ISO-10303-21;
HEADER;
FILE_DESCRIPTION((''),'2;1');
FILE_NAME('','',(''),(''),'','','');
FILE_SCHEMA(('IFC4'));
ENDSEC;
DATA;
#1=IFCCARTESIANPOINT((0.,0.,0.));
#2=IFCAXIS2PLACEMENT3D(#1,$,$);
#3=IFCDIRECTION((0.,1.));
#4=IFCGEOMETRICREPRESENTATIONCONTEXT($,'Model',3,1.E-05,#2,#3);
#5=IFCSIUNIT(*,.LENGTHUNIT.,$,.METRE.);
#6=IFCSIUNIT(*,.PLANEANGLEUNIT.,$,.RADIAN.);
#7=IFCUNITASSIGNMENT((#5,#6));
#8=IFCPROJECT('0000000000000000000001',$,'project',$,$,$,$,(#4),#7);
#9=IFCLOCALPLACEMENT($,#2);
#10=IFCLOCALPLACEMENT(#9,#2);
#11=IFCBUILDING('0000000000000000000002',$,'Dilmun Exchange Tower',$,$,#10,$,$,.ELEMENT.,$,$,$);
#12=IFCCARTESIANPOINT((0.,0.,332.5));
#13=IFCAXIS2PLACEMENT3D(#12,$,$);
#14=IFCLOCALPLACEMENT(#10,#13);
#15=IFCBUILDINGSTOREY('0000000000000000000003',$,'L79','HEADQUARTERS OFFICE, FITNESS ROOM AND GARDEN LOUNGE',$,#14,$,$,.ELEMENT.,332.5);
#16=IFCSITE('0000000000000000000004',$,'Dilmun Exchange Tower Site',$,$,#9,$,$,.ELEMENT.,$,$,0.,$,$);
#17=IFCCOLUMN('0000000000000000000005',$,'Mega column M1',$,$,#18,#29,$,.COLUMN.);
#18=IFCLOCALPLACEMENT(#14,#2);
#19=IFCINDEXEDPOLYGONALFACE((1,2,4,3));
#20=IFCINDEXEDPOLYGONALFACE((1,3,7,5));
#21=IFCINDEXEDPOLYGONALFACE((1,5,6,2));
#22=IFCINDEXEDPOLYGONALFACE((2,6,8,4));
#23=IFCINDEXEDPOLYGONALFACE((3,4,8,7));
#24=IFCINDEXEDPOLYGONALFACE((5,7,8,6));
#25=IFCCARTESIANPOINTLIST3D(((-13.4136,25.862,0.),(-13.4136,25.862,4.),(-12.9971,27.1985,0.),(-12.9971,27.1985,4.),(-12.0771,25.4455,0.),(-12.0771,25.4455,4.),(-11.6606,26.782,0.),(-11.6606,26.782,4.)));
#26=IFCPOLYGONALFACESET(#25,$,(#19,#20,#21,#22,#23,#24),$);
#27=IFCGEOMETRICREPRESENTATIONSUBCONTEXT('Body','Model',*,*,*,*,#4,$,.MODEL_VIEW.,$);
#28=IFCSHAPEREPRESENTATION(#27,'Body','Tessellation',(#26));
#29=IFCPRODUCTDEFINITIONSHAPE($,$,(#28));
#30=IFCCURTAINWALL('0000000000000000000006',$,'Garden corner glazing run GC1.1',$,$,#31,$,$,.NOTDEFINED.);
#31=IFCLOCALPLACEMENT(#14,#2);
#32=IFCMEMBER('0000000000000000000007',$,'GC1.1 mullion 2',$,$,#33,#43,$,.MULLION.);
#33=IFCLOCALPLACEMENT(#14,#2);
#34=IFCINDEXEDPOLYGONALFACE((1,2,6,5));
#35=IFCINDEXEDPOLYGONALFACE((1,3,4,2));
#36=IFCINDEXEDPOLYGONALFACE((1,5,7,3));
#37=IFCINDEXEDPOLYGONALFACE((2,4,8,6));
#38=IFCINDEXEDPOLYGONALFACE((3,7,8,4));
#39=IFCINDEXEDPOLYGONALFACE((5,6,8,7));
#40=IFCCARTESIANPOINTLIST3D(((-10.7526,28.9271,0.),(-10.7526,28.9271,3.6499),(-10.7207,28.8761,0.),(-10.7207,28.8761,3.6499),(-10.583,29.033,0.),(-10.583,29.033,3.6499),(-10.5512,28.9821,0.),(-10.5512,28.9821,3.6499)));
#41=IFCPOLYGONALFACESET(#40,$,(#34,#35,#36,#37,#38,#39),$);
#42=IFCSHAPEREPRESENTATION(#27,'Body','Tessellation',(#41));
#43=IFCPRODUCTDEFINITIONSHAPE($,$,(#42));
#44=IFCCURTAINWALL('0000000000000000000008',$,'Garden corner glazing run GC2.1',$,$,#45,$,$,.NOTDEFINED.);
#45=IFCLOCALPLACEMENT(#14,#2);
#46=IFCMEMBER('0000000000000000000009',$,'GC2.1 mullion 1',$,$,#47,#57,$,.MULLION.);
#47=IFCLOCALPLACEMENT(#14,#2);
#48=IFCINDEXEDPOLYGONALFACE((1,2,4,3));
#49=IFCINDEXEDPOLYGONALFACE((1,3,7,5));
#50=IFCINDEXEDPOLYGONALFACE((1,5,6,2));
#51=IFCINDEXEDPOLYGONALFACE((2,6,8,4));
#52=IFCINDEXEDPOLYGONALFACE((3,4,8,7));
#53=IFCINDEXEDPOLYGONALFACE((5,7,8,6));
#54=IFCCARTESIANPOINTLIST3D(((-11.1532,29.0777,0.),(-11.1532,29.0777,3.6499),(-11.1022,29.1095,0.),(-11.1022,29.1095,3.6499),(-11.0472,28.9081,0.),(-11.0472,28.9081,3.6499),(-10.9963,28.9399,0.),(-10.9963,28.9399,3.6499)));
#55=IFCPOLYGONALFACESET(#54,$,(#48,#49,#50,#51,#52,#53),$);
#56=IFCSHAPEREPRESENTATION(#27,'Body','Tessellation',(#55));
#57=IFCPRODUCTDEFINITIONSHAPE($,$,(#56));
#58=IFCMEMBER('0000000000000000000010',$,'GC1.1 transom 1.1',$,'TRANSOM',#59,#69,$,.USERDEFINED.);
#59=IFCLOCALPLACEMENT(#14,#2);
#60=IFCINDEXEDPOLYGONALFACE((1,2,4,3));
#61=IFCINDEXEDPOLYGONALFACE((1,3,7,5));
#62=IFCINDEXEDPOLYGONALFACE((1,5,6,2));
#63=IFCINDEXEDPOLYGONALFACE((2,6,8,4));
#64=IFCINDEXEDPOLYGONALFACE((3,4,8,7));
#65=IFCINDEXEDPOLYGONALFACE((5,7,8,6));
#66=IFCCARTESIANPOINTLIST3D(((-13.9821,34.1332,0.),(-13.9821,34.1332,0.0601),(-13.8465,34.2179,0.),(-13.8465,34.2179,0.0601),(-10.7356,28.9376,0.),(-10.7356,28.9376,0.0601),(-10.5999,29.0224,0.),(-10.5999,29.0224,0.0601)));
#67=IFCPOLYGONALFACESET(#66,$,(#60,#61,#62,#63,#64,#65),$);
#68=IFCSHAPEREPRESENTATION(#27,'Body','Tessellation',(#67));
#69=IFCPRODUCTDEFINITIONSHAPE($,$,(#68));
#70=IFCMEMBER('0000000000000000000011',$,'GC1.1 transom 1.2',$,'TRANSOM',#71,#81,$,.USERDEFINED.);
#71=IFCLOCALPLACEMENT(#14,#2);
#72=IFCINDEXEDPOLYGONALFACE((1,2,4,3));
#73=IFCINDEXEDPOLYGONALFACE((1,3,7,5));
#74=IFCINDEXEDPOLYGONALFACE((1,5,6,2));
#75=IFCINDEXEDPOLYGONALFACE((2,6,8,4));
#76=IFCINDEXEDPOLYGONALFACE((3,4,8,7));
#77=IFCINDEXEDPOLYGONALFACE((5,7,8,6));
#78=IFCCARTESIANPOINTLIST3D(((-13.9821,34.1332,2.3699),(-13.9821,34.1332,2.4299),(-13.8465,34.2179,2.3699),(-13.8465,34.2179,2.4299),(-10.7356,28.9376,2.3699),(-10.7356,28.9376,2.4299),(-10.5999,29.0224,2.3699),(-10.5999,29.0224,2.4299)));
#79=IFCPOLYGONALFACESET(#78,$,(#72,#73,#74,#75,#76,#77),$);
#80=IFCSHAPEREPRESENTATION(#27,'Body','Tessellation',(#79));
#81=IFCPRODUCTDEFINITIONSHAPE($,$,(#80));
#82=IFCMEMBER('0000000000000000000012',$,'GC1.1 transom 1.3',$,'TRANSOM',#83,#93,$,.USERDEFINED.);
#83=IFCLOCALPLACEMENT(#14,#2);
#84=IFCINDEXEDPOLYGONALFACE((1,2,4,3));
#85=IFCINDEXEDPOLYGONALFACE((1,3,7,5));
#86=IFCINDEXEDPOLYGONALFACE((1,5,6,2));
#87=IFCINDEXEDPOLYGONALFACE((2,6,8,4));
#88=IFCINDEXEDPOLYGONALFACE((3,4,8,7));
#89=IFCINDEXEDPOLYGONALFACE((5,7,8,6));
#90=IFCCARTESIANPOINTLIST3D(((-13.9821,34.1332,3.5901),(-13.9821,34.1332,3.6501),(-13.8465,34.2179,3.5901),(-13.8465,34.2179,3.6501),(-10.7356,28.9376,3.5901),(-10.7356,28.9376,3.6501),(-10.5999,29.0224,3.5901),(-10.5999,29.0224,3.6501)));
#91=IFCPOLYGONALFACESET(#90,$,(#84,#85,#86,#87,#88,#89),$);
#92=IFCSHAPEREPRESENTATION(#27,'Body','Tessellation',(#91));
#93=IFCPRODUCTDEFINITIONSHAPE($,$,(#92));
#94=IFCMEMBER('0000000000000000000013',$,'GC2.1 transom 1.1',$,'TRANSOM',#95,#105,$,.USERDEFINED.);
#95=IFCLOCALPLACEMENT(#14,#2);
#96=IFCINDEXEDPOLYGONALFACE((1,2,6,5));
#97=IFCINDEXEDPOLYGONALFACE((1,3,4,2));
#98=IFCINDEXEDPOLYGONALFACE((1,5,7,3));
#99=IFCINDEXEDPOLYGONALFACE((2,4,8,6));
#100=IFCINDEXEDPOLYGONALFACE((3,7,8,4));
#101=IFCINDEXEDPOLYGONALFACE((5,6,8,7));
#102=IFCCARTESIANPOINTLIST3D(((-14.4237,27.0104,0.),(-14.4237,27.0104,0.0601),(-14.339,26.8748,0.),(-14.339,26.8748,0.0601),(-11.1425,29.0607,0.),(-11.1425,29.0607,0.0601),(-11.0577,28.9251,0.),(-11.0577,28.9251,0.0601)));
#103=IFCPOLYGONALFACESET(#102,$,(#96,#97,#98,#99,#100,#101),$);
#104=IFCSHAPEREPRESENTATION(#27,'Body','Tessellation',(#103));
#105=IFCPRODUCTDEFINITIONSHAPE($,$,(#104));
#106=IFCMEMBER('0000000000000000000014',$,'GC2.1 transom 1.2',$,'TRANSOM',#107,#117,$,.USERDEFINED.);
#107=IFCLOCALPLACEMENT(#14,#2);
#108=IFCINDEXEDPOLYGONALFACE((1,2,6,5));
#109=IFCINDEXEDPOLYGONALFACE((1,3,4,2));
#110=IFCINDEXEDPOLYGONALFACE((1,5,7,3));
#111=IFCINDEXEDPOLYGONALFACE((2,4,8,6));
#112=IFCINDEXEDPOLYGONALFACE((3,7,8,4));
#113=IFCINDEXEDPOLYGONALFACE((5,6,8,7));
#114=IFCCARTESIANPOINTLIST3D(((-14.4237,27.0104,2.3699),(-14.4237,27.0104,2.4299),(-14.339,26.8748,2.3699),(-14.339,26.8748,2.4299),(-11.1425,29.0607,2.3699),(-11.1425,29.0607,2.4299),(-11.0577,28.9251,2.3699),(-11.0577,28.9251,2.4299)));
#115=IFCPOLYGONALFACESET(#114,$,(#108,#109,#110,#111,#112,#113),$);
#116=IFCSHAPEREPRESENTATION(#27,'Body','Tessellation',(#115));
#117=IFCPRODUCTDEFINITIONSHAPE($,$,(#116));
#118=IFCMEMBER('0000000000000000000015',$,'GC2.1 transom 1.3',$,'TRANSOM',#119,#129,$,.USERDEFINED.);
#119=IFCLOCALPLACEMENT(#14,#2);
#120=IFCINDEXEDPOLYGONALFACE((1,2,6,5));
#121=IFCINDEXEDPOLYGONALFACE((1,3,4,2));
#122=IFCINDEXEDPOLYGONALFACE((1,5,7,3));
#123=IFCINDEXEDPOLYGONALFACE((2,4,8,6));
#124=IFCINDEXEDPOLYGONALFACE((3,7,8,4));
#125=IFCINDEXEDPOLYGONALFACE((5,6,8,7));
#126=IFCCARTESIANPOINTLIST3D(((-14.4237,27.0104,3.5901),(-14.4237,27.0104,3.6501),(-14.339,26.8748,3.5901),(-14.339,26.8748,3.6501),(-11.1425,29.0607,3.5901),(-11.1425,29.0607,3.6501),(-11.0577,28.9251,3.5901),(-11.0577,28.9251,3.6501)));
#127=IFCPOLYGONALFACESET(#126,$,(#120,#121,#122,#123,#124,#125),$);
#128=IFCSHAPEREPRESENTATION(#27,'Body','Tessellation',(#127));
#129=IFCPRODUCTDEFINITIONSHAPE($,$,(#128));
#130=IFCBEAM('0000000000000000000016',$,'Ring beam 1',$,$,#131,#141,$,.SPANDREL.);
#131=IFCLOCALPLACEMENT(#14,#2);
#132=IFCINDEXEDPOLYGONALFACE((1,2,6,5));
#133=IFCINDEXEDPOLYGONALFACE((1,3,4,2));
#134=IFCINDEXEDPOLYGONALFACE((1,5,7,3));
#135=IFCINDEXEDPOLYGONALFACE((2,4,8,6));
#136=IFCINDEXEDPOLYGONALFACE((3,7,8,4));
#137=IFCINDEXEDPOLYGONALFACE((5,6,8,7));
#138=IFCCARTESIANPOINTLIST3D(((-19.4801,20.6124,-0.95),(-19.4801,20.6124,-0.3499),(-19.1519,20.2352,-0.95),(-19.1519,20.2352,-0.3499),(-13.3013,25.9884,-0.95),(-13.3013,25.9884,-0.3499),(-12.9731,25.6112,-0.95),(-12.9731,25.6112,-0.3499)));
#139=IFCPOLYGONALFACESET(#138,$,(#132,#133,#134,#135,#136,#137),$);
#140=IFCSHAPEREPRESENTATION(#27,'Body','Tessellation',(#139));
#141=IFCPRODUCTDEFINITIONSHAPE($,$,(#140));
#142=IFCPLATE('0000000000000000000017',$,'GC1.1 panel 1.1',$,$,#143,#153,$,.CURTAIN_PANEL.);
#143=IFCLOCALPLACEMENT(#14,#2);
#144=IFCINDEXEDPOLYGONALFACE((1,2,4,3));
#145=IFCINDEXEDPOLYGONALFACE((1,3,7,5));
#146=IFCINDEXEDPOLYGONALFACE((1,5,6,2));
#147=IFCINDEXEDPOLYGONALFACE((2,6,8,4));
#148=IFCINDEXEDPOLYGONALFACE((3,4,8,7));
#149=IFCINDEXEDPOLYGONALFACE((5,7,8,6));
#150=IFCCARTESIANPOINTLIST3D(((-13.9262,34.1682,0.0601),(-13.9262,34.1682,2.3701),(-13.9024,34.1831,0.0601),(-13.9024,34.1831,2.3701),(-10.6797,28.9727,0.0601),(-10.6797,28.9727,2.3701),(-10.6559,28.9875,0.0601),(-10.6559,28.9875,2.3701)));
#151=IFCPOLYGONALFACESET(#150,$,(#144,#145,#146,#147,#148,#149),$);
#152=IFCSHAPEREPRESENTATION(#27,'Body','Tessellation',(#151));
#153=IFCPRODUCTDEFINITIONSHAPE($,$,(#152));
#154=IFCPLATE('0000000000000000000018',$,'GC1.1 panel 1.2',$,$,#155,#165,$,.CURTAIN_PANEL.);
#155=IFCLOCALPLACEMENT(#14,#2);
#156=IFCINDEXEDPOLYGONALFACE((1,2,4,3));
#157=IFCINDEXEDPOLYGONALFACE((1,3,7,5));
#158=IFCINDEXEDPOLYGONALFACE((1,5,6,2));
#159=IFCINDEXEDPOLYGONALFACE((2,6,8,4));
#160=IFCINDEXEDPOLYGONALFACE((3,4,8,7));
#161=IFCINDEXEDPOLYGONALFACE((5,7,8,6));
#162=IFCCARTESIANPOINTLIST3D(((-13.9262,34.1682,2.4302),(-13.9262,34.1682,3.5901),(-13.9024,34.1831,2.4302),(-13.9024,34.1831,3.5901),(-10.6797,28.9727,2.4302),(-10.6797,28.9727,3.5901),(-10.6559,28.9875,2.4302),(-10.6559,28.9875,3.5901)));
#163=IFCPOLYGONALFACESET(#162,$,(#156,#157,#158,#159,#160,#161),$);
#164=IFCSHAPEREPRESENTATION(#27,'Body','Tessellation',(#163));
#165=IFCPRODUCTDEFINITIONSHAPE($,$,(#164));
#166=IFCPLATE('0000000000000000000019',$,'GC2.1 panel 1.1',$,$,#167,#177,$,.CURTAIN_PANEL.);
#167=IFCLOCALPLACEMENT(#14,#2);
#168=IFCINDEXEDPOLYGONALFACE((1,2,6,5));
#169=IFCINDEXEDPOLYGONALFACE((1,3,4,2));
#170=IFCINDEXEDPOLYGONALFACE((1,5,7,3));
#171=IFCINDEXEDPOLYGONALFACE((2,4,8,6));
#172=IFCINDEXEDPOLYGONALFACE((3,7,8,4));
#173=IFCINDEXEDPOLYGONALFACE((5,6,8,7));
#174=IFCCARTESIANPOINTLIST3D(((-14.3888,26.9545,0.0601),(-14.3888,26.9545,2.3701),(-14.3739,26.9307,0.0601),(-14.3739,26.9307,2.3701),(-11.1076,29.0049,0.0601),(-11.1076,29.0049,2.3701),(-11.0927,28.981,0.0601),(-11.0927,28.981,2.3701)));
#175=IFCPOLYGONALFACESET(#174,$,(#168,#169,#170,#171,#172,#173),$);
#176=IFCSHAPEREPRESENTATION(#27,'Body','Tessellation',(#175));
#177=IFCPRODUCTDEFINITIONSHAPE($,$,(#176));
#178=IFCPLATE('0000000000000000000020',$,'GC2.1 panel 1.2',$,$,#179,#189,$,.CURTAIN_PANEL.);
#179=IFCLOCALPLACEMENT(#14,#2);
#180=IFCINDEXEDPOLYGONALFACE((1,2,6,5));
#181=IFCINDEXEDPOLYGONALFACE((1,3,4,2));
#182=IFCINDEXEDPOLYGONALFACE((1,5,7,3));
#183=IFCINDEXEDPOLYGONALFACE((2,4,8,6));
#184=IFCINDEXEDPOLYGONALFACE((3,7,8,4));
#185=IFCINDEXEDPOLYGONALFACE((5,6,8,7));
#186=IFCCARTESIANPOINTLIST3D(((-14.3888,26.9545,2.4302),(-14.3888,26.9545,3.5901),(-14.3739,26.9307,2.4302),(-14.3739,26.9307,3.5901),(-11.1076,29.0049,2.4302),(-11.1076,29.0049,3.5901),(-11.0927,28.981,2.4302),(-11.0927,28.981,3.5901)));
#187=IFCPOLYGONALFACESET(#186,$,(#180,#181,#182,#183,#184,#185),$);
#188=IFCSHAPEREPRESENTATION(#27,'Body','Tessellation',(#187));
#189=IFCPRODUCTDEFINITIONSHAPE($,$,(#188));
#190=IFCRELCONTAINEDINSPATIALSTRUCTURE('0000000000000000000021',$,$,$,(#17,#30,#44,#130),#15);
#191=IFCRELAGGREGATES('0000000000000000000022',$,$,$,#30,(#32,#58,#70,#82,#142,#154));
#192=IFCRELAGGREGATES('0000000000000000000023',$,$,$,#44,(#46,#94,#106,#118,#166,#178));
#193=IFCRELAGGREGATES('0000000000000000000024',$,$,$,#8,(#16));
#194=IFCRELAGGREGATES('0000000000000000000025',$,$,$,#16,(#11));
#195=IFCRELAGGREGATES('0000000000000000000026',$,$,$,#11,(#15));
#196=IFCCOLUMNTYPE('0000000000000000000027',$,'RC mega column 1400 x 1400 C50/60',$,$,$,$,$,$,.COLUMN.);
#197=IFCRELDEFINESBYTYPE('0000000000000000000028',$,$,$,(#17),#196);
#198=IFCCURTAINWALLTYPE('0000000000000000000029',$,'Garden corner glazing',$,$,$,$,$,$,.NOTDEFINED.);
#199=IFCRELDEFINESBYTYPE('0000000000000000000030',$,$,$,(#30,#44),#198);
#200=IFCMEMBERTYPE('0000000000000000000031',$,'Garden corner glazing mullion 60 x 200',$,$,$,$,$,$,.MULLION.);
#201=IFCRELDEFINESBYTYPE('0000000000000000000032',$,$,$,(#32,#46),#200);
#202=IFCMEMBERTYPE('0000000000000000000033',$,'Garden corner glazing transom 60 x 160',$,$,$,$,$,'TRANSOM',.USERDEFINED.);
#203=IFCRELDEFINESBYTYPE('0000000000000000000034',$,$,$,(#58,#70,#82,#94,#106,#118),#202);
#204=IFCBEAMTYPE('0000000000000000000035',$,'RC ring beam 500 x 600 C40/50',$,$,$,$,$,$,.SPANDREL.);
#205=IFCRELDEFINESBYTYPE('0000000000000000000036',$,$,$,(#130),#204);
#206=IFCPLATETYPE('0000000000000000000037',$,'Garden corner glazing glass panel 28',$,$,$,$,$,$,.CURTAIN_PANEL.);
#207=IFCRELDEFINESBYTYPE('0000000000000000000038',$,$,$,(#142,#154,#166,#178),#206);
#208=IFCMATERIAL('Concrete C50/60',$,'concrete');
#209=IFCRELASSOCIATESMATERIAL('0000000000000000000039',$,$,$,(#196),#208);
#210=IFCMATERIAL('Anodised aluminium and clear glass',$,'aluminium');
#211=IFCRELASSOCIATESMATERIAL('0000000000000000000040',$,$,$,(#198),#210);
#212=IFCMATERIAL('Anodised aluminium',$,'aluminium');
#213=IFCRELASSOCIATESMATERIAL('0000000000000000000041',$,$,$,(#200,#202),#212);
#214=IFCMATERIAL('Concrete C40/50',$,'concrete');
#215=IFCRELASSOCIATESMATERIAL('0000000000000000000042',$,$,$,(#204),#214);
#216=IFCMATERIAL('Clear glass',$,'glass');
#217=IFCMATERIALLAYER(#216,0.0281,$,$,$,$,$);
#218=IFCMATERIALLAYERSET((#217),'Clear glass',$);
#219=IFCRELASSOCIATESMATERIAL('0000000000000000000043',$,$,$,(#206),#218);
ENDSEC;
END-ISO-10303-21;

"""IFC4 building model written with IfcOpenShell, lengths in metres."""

from ifc_helpers import new_model, si_unit, direction, frame, origin, origin_2d, place, context, subcontext, project, spatial, rectangle, extrude, material, layer, layer_set, material_profile, profile_set, type_object, element, aggregate, save


model = new_model("IFC4")

# Units and contexts
model_context = context("Model", 3, precision=1e-05, world=origin(), true_north=direction((0.0, 1.0)))
body_context = subcontext(model_context, "Body", "Model", "MODEL_VIEW")
ifc_project = project(units=[si_unit("LENGTHUNIT", "METRE"), si_unit("PLANEANGLEUNIT", "RADIAN")], contexts=[model_context])

# Site, building, storey
site_placement = place(None, origin())
site = spatial("IfcSite", under=ifc_project, at=site_placement, Name="Dilmun Exchange Tower Site", CompositionType="ELEMENT", RefElevation=0.0)
building_placement = place(site_placement, origin())
building = spatial("IfcBuilding", under=site, at=building_placement, Name="Dilmun Exchange Tower", CompositionType="ELEMENT")
storey_placement = place(building_placement, frame((0.0, 0.0, 332.5)))
storey = spatial("IfcBuildingStorey", under=building, at=storey_placement, Name="L79", Description="HEADQUARTERS OFFICE, FITNESS ROOM AND GARDEN LOUNGE", CompositionType="ELEMENT", Elevation=332.5)

# Column
ifc_material_1 = material(Name="Concrete C50/60", Category="concrete")
ifc_material_profile_1 = material_profile(ifc_material_1, rectangle(XDim=1.3999, YDim=1.3999, at=origin_2d()), Name="1400 x 1400")
ifc_profile_set_1 = profile_set([ifc_material_profile_1], Name="Concrete C50/60")
column_type = type_object("IfcColumnType", Name="RC mega column 1400 x 1400 C50/60", PredefinedType="COLUMN", material=ifc_profile_set_1)
column_placement = place(storey_placement, frame((-12.5371, 26.322, 0.0), z_axis=(0.0, 0.0, 1.0), x_axis=(0.297503, 0.954721, 0.0)))
element("IfcColumn", 1, at=column_placement, inside=storey, type_object=column_type, Name="Mega column M1", PredefinedType="COLUMN", context=body_context, shape_type="SweptSolid", body=[
    extrude(rectangle(XDim=1.3999, YDim=1.3999, at=origin_2d()), origin(), (0.0, 0.0, 1.0), 4.0),
])

# Curtain walls, members
ifc_material_2 = material(Name="Anodised aluminium and clear glass", Category="aluminium")
curtain_wall_type = type_object("IfcCurtainWallType", Name="Garden corner glazing", PredefinedType="NOTDEFINED", material=ifc_material_2)
curtain_wall_1_placement = place(storey_placement, origin())
curtain_wall_1 = element("IfcCurtainWall", 2, at=curtain_wall_1_placement, inside=storey, type_object=curtain_wall_type, Name="Garden corner glazing run GC1.1", PredefinedType="NOTDEFINED")
ifc_material_3 = material(Name="Anodised aluminium", Category="aluminium")
ifc_material_profile_2 = material_profile(ifc_material_3, rectangle(XDim=0.2, YDim=0.0601, at=origin_2d()), Name="AL 60x200")
ifc_profile_set_2 = profile_set([ifc_material_profile_2], Name="Anodised aluminium")
member_type_1 = type_object("IfcMemberType", Name="Garden corner glazing mullion 60 x 200", PredefinedType="MULLION", material=ifc_profile_set_2)
member_1_placement = place(storey_placement, frame((-10.6519, 28.9546, 0.0), z_axis=(0.0, 0.0, 1.0), x_axis=(0.84805, 0.529917, 0.0)))
member_1 = element("IfcMember", 3, at=member_1_placement, type_object=member_type_1, Name="GC1.1 mullion 2", PredefinedType="MULLION", context=body_context, shape_type="SweptSolid", body=[
    extrude(rectangle(XDim=0.2, YDim=0.0601, at=origin_2d()), origin(), (0.0, 0.0, 1.0), 3.6499),
])
curtain_wall_2_placement = place(storey_placement, origin())
curtain_wall_2 = element("IfcCurtainWall", 4, at=curtain_wall_2_placement, inside=storey, type_object=curtain_wall_type, Name="Garden corner glazing run GC2.1", PredefinedType="NOTDEFINED")
member_2_placement = place(storey_placement, frame((-11.0747, 29.0088, 0.0), z_axis=(0.0, 0.0, 1.0), x_axis=(0.529925, -0.848045, 0.0)))
member_2 = element("IfcMember", 5, at=member_2_placement, type_object=member_type_1, Name="GC2.1 mullion 1", PredefinedType="MULLION", context=body_context, shape_type="SweptSolid", body=[
    extrude(rectangle(XDim=0.2, YDim=0.0601, at=origin_2d()), origin(), (0.0, 0.0, 1.0), 3.6499),
])

# Members
ifc_material_profile_3 = material_profile(ifc_material_3, rectangle(XDim=0.1599, YDim=0.0601, at=origin_2d()), Name="AL 60x160")
ifc_profile_set_3 = profile_set([ifc_material_profile_3], Name="Anodised aluminium")
member_type_2 = type_object("IfcMemberType", Name="Garden corner glazing transom 60 x 160", ElementType="TRANSOM", PredefinedType="USERDEFINED", material=ifc_profile_set_3)
member_3_placement = place(storey_placement, frame((-13.9143, 34.1755, 0.03), z_axis=(0.529924, -0.848045, 0.0), x_axis=(0.848045, 0.529924, 0.0)))
member_3 = element("IfcMember", 6, at=member_3_placement, type_object=member_type_2, Name="GC1.1 transom 1.1", ObjectType="TRANSOM", PredefinedType="USERDEFINED", context=body_context, shape_type="SweptSolid", body=[
    extrude(rectangle(XDim=0.1599, YDim=0.0601, at=origin_2d()), origin(), (0.0, 0.0, 1.0), 6.1265),
])
member_4_placement = place(storey_placement, frame((-13.9143, 34.1755, 2.3999), z_axis=(0.529924, -0.848045, 0.0), x_axis=(0.848045, 0.529924, 0.0)))
member_4 = element("IfcMember", 7, at=member_4_placement, type_object=member_type_2, Name="GC1.1 transom 1.2", ObjectType="TRANSOM", PredefinedType="USERDEFINED", context=body_context, shape_type="SweptSolid", body=[
    extrude(rectangle(XDim=0.1599, YDim=0.0601, at=origin_2d()), origin(), (0.0, 0.0, 1.0), 6.1265),
])
member_5_placement = place(storey_placement, frame((-13.9143, 34.1755, 3.6201), z_axis=(0.529924, -0.848045, 0.0), x_axis=(0.848045, 0.529924, 0.0)))
member_5 = element("IfcMember", 8, at=member_5_placement, type_object=member_type_2, Name="GC1.1 transom 1.3", ObjectType="TRANSOM", PredefinedType="USERDEFINED", context=body_context, shape_type="SweptSolid", body=[
    extrude(rectangle(XDim=0.1599, YDim=0.0601, at=origin_2d()), origin(), (0.0, 0.0, 1.0), 6.1265),
])
member_6_placement = place(storey_placement, frame((-11.1001, 28.9929, 0.03), z_axis=(-0.848055, -0.529908, 0.0), x_axis=(0.529908, -0.848055, 0.0)))
member_6 = element("IfcMember", 9, at=member_6_placement, type_object=member_type_2, Name="GC2.1 transom 1.1", ObjectType="TRANSOM", PredefinedType="USERDEFINED", context=body_context, shape_type="SweptSolid", body=[
    extrude(rectangle(XDim=0.1599, YDim=0.0601, at=origin_2d()), origin(), (0.0, 0.0, 1.0), 3.8691),
])
member_7_placement = place(storey_placement, frame((-11.1001, 28.9929, 2.3999), z_axis=(-0.848055, -0.529908, 0.0), x_axis=(0.529908, -0.848055, 0.0)))
member_7 = element("IfcMember", 10, at=member_7_placement, type_object=member_type_2, Name="GC2.1 transom 1.2", ObjectType="TRANSOM", PredefinedType="USERDEFINED", context=body_context, shape_type="SweptSolid", body=[
    extrude(rectangle(XDim=0.1599, YDim=0.0601, at=origin_2d()), origin(), (0.0, 0.0, 1.0), 3.8691),
])
member_8_placement = place(storey_placement, frame((-11.1001, 28.9929, 3.6201), z_axis=(-0.848055, -0.529908, 0.0), x_axis=(0.529908, -0.848055, 0.0)))
member_8 = element("IfcMember", 11, at=member_8_placement, type_object=member_type_2, Name="GC2.1 transom 1.3", ObjectType="TRANSOM", PredefinedType="USERDEFINED", context=body_context, shape_type="SweptSolid", body=[
    extrude(rectangle(XDim=0.1599, YDim=0.0601, at=origin_2d()), origin(), (0.0, 0.0, 1.0), 3.8691),
])

# Beam
ifc_material_4 = material(Name="Concrete C40/50", Category="concrete")
ifc_material_profile_4 = material_profile(ifc_material_4, rectangle(XDim=0.5, YDim=0.6001, at=origin_2d()), Name="500 x 600")
ifc_profile_set_4 = profile_set([ifc_material_profile_4], Name="Concrete C40/50")
beam_type = type_object("IfcBeamType", Name="RC ring beam 500 x 600 C40/50", PredefinedType="SPANDREL", material=ifc_profile_set_4)
beam_placement = place(storey_placement, frame((-13.1372, 25.7998, -0.6499), z_axis=(-0.754413, -0.6564, 0.0), x_axis=(0.6564, -0.754413, 0.0)))
element("IfcBeam", 12, at=beam_placement, inside=storey, type_object=beam_type, Name="Ring beam 1", PredefinedType="SPANDREL", context=body_context, shape_type="SweptSolid", body=[
    extrude(rectangle(XDim=0.5, YDim=0.6001, at=origin_2d()), origin(), (0.0, 0.0, 1.0), 8.1902),
])

# Plates
ifc_material_5 = material(Name="Clear glass", Category="glass")
ifc_layer = layer(ifc_material_5, 0.0281)
ifc_layer_set = layer_set([ifc_layer], Name="Clear glass")
plate_type = type_object("IfcPlateType", Name="Garden corner glazing glass panel 28", PredefinedType="CURTAIN_PANEL", material=ifc_layer_set)
plate_1_placement = place(storey_placement, frame((-12.291, 31.5779, 0.0601), z_axis=(0.0, 0.0, 1.0), x_axis=(0.529917, -0.84805, 0.0)))
plate_1 = element("IfcPlate", 13, at=plate_1_placement, type_object=plate_type, Name="GC1.1 panel 1.1", PredefinedType="CURTAIN_PANEL", context=body_context, shape_type="SweptSolid", body=[
    extrude(rectangle(XDim=6.1265, YDim=0.0281, at=origin_2d()), origin(), (0.0, 0.0, 1.0), 2.3101),
])
plate_2_placement = place(storey_placement, frame((-12.291, 31.5779, 2.4302), z_axis=(0.0, 0.0, 1.0), x_axis=(0.529917, -0.84805, 0.0)))
plate_2 = element("IfcPlate", 14, at=plate_2_placement, type_object=plate_type, Name="GC1.1 panel 1.2", PredefinedType="CURTAIN_PANEL", context=body_context, shape_type="SweptSolid", body=[
    extrude(rectangle(XDim=6.1265, YDim=0.0281, at=origin_2d()), origin(), (0.0, 0.0, 1.0), 1.1599),
])
aggregate(curtain_wall_1, [member_1, member_3, member_4, member_5, plate_1, plate_2])
plate_3_placement = place(storey_placement, frame((-12.7407, 27.9678, 0.0601), z_axis=(0.0, 0.0, 1.0), x_axis=(-0.848045, -0.529925, 0.0)))
plate_3 = element("IfcPlate", 15, at=plate_3_placement, type_object=plate_type, Name="GC2.1 panel 1.1", PredefinedType="CURTAIN_PANEL", context=body_context, shape_type="SweptSolid", body=[
    extrude(rectangle(XDim=3.8691, YDim=0.0281, at=origin_2d()), origin(), (0.0, 0.0, 1.0), 2.3101),
])
plate_4_placement = place(storey_placement, frame((-12.7407, 27.9678, 2.4302), z_axis=(0.0, 0.0, 1.0), x_axis=(-0.848045, -0.529925, 0.0)))
plate_4 = element("IfcPlate", 16, at=plate_4_placement, type_object=plate_type, Name="GC2.1 panel 1.2", PredefinedType="CURTAIN_PANEL", context=body_context, shape_type="SweptSolid", body=[
    extrude(rectangle(XDim=3.8691, YDim=0.0281, at=origin_2d()), origin(), (0.0, 0.0, 1.0), 1.1599),
])
aggregate(curtain_wall_2, [member_2, member_6, member_7, member_8, plate_3, plate_4])

save(model, "model.ifc")
